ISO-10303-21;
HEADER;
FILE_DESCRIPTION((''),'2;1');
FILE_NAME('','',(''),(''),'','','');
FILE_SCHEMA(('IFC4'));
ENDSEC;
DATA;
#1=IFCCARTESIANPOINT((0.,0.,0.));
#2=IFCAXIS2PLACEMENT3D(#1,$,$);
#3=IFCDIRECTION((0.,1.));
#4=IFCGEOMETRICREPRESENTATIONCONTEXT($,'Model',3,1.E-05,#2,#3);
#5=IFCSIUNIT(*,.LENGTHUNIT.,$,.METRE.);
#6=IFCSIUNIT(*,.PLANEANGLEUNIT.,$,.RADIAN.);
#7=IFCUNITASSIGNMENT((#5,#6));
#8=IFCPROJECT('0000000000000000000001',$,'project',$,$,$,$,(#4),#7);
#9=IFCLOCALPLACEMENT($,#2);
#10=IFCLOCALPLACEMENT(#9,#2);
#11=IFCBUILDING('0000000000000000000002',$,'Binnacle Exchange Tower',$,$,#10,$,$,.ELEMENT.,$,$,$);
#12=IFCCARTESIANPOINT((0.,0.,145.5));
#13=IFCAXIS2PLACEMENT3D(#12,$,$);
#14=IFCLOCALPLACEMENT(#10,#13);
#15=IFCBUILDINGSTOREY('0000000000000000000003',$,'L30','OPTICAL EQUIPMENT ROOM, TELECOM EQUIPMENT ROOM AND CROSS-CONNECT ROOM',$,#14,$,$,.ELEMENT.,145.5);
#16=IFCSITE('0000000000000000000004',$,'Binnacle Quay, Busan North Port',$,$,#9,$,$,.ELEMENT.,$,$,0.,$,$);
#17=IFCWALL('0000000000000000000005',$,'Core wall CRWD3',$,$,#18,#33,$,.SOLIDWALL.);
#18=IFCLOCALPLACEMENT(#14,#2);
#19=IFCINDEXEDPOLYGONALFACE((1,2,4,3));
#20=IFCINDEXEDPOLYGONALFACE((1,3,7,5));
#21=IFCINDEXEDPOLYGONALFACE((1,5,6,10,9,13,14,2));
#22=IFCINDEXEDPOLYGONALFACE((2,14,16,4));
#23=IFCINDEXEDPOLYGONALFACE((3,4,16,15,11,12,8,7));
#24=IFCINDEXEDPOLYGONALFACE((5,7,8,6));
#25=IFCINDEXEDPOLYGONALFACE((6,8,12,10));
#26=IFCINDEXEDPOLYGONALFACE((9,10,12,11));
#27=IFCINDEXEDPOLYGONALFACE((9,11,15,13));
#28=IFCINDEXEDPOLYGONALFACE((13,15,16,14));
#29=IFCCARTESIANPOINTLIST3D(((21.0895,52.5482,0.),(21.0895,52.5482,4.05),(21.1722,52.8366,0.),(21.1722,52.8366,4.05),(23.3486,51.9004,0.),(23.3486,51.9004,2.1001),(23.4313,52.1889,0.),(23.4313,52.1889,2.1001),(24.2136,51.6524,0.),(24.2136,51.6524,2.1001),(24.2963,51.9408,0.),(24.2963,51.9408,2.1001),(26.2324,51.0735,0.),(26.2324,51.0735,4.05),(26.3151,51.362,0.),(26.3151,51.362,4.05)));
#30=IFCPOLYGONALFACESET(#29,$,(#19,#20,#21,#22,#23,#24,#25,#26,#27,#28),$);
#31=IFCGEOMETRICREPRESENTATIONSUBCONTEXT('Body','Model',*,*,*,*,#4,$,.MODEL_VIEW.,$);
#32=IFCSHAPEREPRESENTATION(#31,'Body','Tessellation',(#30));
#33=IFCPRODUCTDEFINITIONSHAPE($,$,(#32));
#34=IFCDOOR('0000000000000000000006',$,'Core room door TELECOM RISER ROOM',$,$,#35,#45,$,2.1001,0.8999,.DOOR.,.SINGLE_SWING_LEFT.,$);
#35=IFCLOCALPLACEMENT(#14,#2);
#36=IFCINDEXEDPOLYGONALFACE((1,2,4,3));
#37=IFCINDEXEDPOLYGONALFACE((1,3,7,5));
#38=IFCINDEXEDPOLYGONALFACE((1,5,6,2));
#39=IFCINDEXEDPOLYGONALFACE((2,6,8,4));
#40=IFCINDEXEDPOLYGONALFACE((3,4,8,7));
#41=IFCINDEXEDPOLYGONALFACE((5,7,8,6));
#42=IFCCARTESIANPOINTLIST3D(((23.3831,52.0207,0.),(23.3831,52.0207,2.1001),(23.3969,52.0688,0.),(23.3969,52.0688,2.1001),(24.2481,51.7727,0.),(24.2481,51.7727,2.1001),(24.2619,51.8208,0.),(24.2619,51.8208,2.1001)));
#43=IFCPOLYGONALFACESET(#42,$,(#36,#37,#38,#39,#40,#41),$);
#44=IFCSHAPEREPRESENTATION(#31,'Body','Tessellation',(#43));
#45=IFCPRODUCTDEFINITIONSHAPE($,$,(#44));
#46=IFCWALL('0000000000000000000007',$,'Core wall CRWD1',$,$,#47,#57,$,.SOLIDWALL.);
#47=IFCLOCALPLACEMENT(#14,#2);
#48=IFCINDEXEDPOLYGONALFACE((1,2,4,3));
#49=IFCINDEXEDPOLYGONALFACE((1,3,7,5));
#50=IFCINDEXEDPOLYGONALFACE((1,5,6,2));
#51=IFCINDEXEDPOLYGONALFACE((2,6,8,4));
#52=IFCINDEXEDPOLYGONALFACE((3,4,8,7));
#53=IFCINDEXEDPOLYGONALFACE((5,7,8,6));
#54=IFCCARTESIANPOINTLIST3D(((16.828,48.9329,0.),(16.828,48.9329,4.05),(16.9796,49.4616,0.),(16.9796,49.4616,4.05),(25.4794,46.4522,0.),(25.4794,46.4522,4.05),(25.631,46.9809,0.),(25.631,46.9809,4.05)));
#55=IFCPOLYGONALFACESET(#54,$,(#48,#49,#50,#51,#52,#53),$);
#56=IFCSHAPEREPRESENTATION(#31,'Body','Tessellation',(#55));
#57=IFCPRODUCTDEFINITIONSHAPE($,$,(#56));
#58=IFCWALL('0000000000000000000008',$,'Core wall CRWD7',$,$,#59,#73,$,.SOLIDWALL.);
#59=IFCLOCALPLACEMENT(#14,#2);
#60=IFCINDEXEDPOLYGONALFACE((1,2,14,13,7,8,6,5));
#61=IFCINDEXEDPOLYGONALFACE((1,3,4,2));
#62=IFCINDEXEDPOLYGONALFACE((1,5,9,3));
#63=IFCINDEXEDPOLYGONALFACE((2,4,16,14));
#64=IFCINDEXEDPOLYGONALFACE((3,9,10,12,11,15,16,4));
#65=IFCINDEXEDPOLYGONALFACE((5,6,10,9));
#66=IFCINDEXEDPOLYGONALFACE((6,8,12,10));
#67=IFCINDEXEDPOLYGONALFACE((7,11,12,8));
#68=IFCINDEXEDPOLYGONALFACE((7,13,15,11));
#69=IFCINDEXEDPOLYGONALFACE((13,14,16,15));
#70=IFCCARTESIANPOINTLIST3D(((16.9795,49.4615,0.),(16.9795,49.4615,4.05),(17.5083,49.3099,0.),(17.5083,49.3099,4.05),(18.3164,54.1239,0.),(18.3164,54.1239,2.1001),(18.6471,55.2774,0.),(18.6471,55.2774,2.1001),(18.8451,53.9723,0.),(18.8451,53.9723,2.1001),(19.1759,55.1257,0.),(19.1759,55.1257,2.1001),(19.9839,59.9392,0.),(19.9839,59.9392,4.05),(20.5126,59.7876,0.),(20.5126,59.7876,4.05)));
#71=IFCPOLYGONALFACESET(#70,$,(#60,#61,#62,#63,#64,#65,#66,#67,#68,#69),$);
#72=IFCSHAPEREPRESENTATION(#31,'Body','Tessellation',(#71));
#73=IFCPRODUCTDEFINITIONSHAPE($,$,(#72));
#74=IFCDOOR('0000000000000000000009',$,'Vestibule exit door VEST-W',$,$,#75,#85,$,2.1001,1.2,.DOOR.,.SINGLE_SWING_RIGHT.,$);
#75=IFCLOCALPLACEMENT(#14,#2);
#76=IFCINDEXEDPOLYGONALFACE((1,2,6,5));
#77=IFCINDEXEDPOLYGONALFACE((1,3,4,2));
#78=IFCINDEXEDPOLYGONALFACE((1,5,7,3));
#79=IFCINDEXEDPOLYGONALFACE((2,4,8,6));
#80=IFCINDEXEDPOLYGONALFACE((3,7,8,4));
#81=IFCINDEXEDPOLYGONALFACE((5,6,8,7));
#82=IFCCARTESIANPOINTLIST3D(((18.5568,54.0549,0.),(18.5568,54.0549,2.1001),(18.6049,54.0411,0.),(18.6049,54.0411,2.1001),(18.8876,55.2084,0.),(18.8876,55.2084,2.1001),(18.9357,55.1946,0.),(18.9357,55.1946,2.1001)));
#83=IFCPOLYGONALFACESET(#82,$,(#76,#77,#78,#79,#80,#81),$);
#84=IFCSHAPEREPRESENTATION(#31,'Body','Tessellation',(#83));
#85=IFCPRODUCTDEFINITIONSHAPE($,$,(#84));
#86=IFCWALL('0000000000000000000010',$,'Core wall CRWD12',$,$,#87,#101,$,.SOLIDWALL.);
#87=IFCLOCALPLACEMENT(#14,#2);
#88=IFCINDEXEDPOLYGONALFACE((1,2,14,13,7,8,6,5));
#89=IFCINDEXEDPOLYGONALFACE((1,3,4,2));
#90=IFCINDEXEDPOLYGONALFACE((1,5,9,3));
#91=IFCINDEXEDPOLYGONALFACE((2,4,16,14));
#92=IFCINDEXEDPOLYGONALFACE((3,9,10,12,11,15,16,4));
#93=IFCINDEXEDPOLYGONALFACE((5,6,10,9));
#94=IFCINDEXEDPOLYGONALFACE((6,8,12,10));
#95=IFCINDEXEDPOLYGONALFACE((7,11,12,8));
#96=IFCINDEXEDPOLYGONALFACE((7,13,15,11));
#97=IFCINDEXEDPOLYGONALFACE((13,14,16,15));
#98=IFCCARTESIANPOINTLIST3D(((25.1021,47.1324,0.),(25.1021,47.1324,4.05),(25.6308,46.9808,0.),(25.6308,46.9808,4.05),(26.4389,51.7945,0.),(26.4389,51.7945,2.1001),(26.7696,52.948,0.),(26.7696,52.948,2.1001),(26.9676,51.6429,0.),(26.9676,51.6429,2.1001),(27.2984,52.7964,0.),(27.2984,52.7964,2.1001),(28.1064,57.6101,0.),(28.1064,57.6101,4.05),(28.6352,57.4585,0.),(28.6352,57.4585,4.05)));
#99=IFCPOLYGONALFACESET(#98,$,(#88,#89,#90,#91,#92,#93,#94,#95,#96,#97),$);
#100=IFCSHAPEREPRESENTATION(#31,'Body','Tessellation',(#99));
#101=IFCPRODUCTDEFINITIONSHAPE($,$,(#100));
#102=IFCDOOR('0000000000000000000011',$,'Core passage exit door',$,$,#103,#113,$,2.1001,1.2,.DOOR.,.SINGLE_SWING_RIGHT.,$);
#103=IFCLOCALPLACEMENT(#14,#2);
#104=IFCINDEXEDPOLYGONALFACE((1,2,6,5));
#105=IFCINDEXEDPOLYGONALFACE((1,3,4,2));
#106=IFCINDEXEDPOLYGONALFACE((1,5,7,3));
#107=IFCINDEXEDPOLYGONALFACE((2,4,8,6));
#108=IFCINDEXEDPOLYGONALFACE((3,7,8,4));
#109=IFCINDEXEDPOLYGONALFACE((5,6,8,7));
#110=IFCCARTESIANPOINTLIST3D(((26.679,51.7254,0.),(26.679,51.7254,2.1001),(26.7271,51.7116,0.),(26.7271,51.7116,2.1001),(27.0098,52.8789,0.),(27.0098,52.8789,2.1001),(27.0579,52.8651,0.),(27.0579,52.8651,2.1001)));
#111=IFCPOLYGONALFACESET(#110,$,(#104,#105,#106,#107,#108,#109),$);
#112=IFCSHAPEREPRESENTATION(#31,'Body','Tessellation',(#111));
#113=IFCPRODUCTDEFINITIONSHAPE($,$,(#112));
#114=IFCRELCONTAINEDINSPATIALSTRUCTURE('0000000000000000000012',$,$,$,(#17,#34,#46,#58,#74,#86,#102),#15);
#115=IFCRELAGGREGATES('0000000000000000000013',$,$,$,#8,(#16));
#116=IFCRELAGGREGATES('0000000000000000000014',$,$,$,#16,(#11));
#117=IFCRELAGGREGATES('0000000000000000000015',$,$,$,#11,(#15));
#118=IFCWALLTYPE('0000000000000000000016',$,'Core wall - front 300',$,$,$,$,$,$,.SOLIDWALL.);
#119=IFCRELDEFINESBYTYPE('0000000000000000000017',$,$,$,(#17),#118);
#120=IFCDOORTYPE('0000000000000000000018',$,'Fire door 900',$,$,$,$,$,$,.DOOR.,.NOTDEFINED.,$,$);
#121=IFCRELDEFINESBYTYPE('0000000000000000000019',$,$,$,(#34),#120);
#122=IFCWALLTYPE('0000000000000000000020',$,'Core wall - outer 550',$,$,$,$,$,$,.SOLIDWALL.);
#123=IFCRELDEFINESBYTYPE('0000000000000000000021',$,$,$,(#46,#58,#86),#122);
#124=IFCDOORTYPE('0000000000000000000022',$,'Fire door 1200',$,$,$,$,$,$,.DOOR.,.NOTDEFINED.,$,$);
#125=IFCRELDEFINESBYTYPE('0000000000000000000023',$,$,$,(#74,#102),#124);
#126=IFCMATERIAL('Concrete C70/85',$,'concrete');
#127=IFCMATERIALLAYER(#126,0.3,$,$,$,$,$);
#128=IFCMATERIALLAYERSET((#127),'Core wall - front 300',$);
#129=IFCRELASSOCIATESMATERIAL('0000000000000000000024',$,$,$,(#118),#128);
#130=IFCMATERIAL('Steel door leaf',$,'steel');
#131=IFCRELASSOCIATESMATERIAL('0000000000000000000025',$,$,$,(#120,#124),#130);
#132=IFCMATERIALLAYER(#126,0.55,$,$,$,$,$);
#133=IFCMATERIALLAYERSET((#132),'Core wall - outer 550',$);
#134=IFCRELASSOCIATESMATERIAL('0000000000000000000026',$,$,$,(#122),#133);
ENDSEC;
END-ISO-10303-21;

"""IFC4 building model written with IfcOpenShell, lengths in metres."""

from ifc_helpers import new_model, si_unit, direction, frame, frame_2d, origin, place, context, subcontext, project, spatial, rectangle, extrude, material, layer, layer_set, type_object, element, fill, save


model = new_model("IFC4")

# Units and contexts
model_context = context("Model", 3, precision=1e-05, world=origin(), true_north=direction((0.0, 1.0)))
body_context = subcontext(model_context, "Body", "Model", "MODEL_VIEW")
ifc_project = project(units=[si_unit("LENGTHUNIT", "METRE"), si_unit("PLANEANGLEUNIT", "RADIAN")], contexts=[model_context])

# Site, building, storey
site_placement = place(None, origin())
site = spatial("IfcSite", under=ifc_project, at=site_placement, Name="Binnacle Quay, Busan North Port", CompositionType="ELEMENT", RefElevation=0.0)
building_placement = place(site_placement, origin())
building = spatial("IfcBuilding", under=site, at=building_placement, Name="Binnacle Exchange Tower", CompositionType="ELEMENT")
storey_placement = place(building_placement, frame((0.0, 0.0, 145.5)))
storey = spatial("IfcBuildingStorey", under=building, at=storey_placement, Name="L30", Description="OPTICAL EQUIPMENT ROOM, TELECOM EQUIPMENT ROOM AND CROSS-CONNECT ROOM", CompositionType="ELEMENT", Elevation=145.5)

# Shared definitions
ifc_material_1 = material(Name="Concrete C70/85", Category="concrete")

# Wall, opening, door
ifc_layer_1 = layer(ifc_material_1, 0.3)
ifc_layer_set_1 = layer_set([ifc_layer_1], Name="Core wall - front 300")
wall_type_1 = type_object("IfcWallType", Name="Core wall - front 300", PredefinedType="SOLIDWALL", material=ifc_layer_set_1)
wall_1_placement = place(storey_placement, frame((21.1309, 52.6924, 0.0), z_axis=(0.0, 0.0, 1.0), x_axis=(0.961265, -0.275625, 0.0)))
wall_1 = element("IfcWall", 1, at=wall_1_placement, inside=storey, type_object=wall_type_1, Name="Core wall CRWD3", PredefinedType="SOLIDWALL", context=body_context, shape_type="SweptSolid", body=[
    extrude(rectangle(XDim=5.3501, YDim=0.3, at=frame_2d((2.675, 0.0))), origin(), (0.0, 0.0, 1.0), 4.05),
])
opening_1_placement = place(wall_1_placement, frame((2.3501, 0.0, 0.0)))
opening_1 = element("IfcOpeningElement", 2, at=opening_1_placement, cuts=wall_1, PredefinedType="OPENING", context=body_context, shape_type="SweptSolid", body=[
    extrude(rectangle(XDim=0.8999, YDim=2.1001, at=frame_2d((0.45, 1.05))), frame((0.0, 0.1599, 0.0), z_axis=(0.0, -1.0, 0.0), x_axis=(1.0, 0.0, 0.0)), (0.0, 0.0, 1.0), 0.3201),
])
ifc_material_2 = material(Name="Steel door leaf", Category="steel")
door_type_1 = type_object("IfcDoorType", Name="Fire door 900", OperationType="NOTDEFINED", PredefinedType="DOOR", material=ifc_material_2)
door_1_placement = place(opening_1_placement, frame((0.8999, 0.0, 0.0), z_axis=(0.0, 0.0, 1.0), x_axis=(-1.0, 0.0, 0.0)))
door_1 = element("IfcDoor", 3, at=door_1_placement, inside=storey, type_object=door_type_1, Name="Core room door TELECOM RISER ROOM", OperationType="SINGLE_SWING_LEFT", OverallHeight=2.1001, OverallWidth=0.8999, PredefinedType="DOOR", context=body_context, shape_type="SweptSolid", body=[
    extrude(rectangle(XDim=0.8999, YDim=2.1001, at=frame_2d((0.45, 1.05))), frame((0.0, 0.0249, 0.0), z_axis=(0.0, -1.0, 0.0), x_axis=(1.0, 0.0, 0.0)), (0.0, 0.0, 1.0), 0.05),
])
fill(opening_1, door_1)

# Wall
ifc_layer_2 = layer(ifc_material_1, 0.55)
ifc_layer_set_2 = layer_set([ifc_layer_2], Name="Core wall - outer 550")
wall_type_2 = type_object("IfcWallType", Name="Core wall - outer 550", PredefinedType="SOLIDWALL", material=ifc_layer_set_2)
wall_2_placement = place(storey_placement, frame((16.9038, 49.1973, 0.0), z_axis=(0.0, 0.0, 1.0), x_axis=(0.961262, -0.275635, 0.0)))
element("IfcWall", 4, at=wall_2_placement, inside=storey, type_object=wall_type_2, Name="Core wall CRWD1", PredefinedType="SOLIDWALL", context=body_context, shape_type="SweptSolid", body=[
    extrude(rectangle(XDim=9.0, YDim=0.55, at=frame_2d((4.5, 0.0))), origin(), (0.0, 0.0, 1.0), 4.05),
])

# Walls, openings, doors
wall_3_placement = place(storey_placement, frame((17.2439, 49.3857, 0.0), z_axis=(0.0, 0.0, 1.0), x_axis=(0.275632, 0.961263, 0.0)))
wall_3 = element("IfcWall", 5, at=wall_3_placement, inside=storey, type_object=wall_type_2, Name="Core wall CRWD7", PredefinedType="SOLIDWALL", context=body_context, shape_type="SweptSolid", body=[
    extrude(rectangle(XDim=10.8999, YDim=0.55, at=frame_2d((5.45, 0.0))), origin(), (0.0, 0.0, 1.0), 4.05),
])
opening_2_placement = place(wall_3_placement, frame((4.8501, 0.0, 0.0)))
opening_2 = element("IfcOpeningElement", 6, at=opening_2_placement, cuts=wall_3, PredefinedType="OPENING", context=body_context, shape_type="SweptSolid", body=[
    extrude(rectangle(XDim=1.2, YDim=2.1001, at=frame_2d((0.6001, 1.05))), frame((0.0, 0.2849, 0.0), z_axis=(0.0, -1.0, 0.0), x_axis=(1.0, 0.0, 0.0)), (0.0, 0.0, 1.0), 0.5701),
])
door_type_2 = type_object("IfcDoorType", Name="Fire door 1200", OperationType="NOTDEFINED", PredefinedType="DOOR", material=ifc_material_2)
door_2_placement = place(opening_2_placement, origin())
door_2 = element("IfcDoor", 7, at=door_2_placement, inside=storey, type_object=door_type_2, Name="Vestibule exit door VEST-W", OperationType="SINGLE_SWING_RIGHT", OverallHeight=2.1001, OverallWidth=1.2, PredefinedType="DOOR", context=body_context, shape_type="SweptSolid", body=[
    extrude(rectangle(XDim=1.2, YDim=2.1001, at=frame_2d((0.6001, 1.05))), frame((0.0, 0.0249, 0.0), z_axis=(0.0, -1.0, 0.0), x_axis=(1.0, 0.0, 0.0)), (0.0, 0.0, 1.0), 0.05),
])
fill(opening_2, door_2)
wall_4_placement = place(storey_placement, frame((25.3665, 47.0566, 0.0), z_axis=(0.0, 0.0, 1.0), x_axis=(0.275632, 0.961263, 0.0)))
wall_4 = element("IfcWall", 8, at=wall_4_placement, inside=storey, type_object=wall_type_2, Name="Core wall CRWD12", PredefinedType="SOLIDWALL", context=body_context, shape_type="SweptSolid", body=[
    extrude(rectangle(XDim=10.8999, YDim=0.55, at=frame_2d((5.45, 0.0))), origin(), (0.0, 0.0, 1.0), 4.05),
])
opening_3_placement = place(wall_4_placement, frame((4.8499, 0.0, 0.0)))
opening_3 = element("IfcOpeningElement", 9, at=opening_3_placement, cuts=wall_4, PredefinedType="OPENING", context=body_context, shape_type="SweptSolid", body=[
    extrude(rectangle(XDim=1.2, YDim=2.1001, at=frame_2d((0.6001, 1.05))), frame((0.0, 0.2849, 0.0), z_axis=(0.0, -1.0, 0.0), x_axis=(1.0, 0.0, 0.0)), (0.0, 0.0, 1.0), 0.5701),
])
door_3_placement = place(opening_3_placement, frame((1.2, 0.0, 0.0), z_axis=(0.0, 0.0, 1.0), x_axis=(-1.0, 0.0, 0.0)))
door_3 = element("IfcDoor", 10, at=door_3_placement, inside=storey, type_object=door_type_2, Name="Core passage exit door", OperationType="SINGLE_SWING_RIGHT", OverallHeight=2.1001, OverallWidth=1.2, PredefinedType="DOOR", context=body_context, shape_type="SweptSolid", body=[
    extrude(rectangle(XDim=1.2, YDim=2.1001, at=frame_2d((0.6001, 1.05))), frame((0.0, 0.0249, 0.0), z_axis=(0.0, -1.0, 0.0), x_axis=(1.0, 0.0, 0.0)), (0.0, 0.0, 1.0), 0.05),
])
fill(opening_3, door_3)

save(model, "model.ifc")
